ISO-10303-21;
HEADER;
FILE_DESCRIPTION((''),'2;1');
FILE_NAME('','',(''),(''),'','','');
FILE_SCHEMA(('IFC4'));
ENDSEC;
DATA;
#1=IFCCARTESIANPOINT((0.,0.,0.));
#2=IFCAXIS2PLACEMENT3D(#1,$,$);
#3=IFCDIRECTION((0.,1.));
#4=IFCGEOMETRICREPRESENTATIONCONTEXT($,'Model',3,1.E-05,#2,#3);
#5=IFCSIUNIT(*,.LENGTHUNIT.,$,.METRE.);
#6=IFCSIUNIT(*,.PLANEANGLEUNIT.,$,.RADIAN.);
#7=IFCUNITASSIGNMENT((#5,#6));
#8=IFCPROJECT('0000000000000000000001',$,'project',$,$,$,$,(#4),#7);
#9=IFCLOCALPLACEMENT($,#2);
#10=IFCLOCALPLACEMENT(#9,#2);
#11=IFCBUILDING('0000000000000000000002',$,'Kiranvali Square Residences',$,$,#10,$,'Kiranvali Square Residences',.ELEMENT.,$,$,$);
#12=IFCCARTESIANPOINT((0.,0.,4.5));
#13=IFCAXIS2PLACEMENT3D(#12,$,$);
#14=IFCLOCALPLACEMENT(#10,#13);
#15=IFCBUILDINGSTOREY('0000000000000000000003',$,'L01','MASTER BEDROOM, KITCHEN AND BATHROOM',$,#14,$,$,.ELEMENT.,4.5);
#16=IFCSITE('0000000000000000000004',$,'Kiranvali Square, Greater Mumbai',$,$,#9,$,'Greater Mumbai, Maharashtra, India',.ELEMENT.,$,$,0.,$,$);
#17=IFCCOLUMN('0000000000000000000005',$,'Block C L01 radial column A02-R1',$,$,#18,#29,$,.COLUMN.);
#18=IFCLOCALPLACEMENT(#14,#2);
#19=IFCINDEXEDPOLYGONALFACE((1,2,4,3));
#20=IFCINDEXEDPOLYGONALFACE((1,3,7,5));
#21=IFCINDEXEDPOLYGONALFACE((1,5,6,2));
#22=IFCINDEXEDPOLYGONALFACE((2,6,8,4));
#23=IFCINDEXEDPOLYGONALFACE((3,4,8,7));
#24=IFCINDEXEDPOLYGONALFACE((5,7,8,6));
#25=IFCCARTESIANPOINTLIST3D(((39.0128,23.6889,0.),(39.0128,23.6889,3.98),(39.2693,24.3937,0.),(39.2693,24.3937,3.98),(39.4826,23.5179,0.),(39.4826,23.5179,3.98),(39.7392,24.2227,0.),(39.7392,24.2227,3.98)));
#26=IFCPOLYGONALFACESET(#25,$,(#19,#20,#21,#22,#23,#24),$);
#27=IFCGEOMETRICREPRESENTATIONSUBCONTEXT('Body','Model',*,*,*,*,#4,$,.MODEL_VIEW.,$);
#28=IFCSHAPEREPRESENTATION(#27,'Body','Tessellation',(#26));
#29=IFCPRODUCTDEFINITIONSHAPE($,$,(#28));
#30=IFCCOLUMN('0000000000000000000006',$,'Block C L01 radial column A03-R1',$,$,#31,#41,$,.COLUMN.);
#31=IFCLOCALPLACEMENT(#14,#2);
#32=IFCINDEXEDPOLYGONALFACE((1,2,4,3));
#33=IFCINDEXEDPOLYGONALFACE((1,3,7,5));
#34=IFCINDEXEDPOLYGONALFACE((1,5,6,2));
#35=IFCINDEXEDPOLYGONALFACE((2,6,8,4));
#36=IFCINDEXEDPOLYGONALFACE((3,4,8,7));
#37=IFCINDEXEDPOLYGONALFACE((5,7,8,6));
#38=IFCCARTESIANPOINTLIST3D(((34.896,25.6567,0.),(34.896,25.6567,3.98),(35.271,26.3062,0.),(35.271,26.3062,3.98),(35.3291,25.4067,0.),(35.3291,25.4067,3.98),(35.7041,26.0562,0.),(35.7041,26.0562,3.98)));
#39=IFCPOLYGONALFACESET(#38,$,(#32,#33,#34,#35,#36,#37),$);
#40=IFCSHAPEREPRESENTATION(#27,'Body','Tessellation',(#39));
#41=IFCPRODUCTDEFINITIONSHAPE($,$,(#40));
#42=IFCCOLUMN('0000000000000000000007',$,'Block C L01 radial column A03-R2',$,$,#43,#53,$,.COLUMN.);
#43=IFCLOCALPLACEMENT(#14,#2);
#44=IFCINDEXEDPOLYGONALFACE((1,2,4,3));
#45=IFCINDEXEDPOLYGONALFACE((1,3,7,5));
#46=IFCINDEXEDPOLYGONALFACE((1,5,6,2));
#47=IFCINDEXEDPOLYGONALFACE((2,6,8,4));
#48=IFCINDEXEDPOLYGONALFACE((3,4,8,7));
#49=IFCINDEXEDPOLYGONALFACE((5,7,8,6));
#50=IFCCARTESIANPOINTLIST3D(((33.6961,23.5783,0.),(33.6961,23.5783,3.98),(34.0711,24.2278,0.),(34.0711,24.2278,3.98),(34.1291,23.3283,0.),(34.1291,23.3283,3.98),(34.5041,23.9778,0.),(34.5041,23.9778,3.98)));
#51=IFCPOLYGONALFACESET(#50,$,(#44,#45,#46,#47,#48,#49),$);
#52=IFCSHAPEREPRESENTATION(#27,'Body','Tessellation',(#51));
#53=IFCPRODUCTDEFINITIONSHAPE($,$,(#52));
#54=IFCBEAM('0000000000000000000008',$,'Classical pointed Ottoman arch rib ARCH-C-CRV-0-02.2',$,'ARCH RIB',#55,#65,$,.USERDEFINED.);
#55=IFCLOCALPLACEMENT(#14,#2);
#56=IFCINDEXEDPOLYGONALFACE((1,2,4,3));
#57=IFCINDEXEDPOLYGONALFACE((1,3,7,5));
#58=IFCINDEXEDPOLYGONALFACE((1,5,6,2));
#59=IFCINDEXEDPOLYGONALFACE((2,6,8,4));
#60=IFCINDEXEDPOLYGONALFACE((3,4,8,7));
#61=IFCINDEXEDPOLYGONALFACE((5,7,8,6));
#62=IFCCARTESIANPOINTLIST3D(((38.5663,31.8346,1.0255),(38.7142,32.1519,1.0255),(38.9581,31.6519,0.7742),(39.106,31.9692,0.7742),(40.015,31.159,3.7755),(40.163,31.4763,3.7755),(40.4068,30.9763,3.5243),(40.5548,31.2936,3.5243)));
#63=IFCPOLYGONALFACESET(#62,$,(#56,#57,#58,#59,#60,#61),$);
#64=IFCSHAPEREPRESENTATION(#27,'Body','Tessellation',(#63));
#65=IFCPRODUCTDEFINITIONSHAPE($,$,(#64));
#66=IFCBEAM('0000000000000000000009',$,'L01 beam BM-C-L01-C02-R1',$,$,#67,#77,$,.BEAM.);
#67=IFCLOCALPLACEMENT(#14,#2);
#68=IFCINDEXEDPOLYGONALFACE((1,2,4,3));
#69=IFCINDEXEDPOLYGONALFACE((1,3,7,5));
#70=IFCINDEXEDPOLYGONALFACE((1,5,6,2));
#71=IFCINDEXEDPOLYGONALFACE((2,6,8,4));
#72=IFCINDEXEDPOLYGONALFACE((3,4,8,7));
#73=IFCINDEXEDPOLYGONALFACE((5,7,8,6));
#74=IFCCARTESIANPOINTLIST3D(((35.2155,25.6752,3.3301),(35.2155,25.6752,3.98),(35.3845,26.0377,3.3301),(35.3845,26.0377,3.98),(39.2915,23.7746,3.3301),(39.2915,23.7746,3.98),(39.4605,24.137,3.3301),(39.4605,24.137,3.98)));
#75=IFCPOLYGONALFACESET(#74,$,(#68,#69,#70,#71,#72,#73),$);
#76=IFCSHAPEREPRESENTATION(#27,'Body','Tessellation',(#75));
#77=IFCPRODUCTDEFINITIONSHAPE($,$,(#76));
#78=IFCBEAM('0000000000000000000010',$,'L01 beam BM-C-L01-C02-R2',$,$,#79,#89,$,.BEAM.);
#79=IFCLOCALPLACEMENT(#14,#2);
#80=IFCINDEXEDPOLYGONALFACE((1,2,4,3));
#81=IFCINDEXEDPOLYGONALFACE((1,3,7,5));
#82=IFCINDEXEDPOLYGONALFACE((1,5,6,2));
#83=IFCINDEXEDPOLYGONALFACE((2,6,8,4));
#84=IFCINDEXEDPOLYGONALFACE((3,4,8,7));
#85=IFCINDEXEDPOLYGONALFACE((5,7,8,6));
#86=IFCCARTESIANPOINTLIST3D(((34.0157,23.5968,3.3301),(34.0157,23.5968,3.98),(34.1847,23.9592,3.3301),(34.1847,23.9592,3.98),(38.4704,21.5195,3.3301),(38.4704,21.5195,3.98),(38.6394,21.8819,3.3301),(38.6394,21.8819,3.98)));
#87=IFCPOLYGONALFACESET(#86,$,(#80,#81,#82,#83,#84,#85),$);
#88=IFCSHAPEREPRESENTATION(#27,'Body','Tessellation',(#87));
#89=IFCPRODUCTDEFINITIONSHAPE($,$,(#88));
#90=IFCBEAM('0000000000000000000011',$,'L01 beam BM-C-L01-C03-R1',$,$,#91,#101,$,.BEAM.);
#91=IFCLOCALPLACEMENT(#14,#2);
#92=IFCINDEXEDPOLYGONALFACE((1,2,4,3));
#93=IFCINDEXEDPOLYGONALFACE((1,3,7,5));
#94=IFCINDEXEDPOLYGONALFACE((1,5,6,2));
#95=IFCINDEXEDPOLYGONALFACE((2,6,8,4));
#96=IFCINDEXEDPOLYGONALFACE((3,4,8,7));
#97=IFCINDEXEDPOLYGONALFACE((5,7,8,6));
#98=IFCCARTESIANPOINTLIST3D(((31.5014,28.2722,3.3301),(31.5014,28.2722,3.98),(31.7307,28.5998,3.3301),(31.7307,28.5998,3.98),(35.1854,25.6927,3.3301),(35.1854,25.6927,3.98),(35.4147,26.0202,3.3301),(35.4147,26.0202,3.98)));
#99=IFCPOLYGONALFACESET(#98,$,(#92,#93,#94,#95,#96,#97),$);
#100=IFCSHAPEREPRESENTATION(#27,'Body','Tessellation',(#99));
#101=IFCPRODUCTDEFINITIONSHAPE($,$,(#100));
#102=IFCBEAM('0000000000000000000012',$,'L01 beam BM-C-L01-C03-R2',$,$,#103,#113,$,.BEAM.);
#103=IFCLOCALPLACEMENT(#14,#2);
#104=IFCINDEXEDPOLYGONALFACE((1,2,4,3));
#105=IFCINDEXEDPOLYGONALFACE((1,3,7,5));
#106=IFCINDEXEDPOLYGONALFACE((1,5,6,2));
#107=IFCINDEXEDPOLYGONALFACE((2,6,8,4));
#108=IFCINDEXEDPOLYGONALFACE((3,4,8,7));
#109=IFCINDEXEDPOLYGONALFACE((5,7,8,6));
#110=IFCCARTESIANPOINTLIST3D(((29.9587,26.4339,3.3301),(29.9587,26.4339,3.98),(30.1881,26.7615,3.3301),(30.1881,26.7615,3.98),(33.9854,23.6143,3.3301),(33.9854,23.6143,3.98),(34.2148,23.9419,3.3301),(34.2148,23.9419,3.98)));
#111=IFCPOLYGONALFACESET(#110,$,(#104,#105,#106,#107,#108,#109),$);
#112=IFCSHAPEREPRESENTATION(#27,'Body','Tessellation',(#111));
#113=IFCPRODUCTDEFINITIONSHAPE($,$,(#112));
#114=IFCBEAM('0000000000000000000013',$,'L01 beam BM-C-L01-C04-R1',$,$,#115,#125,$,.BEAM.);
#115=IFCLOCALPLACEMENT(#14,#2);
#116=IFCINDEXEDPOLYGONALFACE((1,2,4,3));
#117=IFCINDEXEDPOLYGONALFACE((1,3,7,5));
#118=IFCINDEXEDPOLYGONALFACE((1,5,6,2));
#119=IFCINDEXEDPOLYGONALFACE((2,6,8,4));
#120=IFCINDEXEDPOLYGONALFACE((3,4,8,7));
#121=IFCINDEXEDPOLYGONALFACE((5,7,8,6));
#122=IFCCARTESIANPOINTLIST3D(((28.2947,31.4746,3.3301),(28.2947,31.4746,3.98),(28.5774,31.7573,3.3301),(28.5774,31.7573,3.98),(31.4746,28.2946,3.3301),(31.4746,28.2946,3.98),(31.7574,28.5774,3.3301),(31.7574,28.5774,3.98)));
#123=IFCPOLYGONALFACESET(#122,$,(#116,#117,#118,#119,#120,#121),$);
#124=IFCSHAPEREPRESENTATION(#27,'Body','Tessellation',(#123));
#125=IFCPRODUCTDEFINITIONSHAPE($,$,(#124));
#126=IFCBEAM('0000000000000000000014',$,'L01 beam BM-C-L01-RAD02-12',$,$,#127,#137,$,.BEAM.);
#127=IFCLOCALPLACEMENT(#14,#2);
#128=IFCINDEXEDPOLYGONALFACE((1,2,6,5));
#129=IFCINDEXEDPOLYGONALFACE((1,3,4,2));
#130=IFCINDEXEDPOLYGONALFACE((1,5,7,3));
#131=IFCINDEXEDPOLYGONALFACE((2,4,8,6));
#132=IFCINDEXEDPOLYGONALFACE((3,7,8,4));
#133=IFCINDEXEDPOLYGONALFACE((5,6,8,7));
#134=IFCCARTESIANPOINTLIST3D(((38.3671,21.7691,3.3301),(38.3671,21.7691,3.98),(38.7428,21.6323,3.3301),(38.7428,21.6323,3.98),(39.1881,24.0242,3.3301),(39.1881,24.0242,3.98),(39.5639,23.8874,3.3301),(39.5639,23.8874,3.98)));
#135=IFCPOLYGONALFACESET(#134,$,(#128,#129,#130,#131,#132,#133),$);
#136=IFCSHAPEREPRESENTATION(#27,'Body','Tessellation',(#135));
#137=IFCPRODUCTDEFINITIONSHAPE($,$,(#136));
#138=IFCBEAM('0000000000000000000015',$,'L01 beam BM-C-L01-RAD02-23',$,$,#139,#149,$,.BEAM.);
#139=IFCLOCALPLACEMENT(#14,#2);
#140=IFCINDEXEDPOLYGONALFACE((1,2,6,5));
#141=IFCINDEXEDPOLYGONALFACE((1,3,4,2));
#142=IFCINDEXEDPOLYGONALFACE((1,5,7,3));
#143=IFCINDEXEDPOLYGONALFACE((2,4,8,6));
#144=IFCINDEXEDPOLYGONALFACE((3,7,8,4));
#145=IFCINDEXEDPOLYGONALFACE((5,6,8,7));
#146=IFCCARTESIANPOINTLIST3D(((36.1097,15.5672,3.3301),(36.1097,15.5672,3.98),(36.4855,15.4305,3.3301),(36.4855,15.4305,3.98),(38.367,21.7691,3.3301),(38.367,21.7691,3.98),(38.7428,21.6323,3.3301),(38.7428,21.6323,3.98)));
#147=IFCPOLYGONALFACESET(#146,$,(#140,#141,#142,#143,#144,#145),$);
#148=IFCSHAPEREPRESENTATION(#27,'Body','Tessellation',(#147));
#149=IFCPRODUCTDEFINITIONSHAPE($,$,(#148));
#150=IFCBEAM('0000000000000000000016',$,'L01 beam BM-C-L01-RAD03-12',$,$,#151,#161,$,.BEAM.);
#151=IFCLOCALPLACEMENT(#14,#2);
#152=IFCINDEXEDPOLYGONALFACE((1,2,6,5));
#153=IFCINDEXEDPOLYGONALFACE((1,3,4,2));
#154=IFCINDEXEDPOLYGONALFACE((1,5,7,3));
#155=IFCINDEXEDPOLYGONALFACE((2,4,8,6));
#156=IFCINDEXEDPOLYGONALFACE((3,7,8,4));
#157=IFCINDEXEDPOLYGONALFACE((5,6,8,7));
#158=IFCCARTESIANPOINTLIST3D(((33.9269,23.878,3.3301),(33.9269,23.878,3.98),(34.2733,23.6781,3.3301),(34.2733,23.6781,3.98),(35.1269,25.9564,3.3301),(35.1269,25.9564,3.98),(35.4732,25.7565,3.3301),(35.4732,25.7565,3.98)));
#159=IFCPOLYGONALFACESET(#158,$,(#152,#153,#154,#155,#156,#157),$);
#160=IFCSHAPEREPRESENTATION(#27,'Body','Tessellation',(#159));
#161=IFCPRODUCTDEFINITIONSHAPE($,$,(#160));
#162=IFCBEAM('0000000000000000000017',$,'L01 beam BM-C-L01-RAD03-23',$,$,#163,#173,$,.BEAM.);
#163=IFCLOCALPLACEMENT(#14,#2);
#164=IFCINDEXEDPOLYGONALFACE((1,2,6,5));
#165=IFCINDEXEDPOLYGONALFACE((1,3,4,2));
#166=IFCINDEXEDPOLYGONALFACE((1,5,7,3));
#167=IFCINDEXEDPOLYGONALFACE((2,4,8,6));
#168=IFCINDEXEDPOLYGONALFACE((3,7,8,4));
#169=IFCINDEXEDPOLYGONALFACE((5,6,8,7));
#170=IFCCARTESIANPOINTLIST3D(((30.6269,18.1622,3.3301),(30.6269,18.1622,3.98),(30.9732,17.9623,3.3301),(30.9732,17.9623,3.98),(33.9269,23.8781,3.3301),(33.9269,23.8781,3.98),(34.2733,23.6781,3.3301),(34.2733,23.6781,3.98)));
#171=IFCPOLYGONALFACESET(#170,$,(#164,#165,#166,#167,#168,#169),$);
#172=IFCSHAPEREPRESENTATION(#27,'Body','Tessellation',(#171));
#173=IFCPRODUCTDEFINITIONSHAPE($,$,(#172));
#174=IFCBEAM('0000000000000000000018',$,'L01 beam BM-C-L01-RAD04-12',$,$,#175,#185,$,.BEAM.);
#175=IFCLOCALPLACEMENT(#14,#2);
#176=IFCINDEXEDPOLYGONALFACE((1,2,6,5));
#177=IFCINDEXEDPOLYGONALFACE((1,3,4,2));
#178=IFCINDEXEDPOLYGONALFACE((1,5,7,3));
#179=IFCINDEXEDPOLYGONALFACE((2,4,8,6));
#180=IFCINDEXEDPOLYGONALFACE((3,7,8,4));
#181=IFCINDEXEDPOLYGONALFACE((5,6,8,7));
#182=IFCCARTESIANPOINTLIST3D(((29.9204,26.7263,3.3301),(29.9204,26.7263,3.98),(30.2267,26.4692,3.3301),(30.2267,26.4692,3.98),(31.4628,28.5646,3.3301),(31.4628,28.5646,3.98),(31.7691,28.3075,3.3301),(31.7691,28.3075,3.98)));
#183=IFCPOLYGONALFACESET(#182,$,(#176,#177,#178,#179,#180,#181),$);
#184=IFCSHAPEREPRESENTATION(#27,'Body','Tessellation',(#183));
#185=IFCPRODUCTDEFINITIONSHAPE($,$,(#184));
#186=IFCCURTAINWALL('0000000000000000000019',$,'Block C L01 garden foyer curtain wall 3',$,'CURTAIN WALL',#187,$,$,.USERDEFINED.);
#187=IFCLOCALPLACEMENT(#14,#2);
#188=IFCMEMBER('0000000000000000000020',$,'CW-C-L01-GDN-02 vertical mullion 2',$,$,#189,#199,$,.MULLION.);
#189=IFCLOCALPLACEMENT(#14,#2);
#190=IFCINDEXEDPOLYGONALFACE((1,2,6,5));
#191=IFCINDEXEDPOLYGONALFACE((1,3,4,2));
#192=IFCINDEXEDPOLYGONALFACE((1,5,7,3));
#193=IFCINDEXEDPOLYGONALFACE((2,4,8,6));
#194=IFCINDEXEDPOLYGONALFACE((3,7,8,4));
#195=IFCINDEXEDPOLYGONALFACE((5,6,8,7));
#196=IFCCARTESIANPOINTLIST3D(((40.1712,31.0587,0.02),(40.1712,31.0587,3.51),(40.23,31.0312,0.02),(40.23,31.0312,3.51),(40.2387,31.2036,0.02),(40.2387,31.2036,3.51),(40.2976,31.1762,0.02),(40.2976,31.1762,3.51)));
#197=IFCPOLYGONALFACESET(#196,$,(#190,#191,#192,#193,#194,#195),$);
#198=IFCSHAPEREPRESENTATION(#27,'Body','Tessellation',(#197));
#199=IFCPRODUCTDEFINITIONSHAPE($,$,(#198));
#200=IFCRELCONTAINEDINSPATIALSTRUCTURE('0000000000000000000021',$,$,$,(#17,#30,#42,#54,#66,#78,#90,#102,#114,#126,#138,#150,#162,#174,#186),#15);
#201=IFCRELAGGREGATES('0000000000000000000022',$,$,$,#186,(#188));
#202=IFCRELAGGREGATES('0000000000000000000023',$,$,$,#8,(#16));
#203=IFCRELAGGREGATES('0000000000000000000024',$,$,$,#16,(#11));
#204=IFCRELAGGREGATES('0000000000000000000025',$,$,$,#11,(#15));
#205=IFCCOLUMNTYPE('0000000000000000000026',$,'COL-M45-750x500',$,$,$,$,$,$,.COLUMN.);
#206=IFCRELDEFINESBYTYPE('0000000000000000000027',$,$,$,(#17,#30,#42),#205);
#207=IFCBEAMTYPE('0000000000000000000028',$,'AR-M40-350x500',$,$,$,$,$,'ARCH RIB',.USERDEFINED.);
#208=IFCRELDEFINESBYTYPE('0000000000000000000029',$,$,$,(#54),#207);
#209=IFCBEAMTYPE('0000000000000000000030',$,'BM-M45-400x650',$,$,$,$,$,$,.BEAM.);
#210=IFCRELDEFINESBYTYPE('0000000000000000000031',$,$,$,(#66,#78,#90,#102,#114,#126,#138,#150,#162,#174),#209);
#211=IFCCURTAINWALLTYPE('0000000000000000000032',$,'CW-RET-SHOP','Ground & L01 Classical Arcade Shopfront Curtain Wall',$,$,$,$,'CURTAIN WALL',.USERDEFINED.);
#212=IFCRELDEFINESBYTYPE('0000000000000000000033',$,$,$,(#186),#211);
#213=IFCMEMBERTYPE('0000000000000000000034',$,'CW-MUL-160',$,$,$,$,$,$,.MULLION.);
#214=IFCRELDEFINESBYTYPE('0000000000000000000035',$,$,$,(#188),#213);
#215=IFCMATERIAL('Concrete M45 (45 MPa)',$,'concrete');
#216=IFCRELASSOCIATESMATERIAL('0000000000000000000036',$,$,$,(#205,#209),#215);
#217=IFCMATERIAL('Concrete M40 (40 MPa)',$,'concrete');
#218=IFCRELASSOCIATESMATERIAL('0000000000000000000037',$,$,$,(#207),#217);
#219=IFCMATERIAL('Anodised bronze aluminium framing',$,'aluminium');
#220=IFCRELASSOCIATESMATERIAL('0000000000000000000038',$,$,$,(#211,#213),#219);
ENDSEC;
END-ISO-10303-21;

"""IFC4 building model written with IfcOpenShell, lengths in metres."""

from ifc_helpers import new_model, si_unit, direction, frame, origin, origin_2d, place, context, subcontext, project, spatial, rectangle, extrude, material, material_profile, profile_set, type_object, element, aggregate, save


model = new_model("IFC4")

# Units and contexts
model_context = context("Model", 3, precision=1e-05, world=origin(), true_north=direction((0.0, 1.0)))
body_context = subcontext(model_context, "Body", "Model", "MODEL_VIEW")
ifc_project = project(units=[si_unit("LENGTHUNIT", "METRE"), si_unit("PLANEANGLEUNIT", "RADIAN")], contexts=[model_context])

# Site, building, storey
site_placement = place(None, origin())
site = spatial("IfcSite", under=ifc_project, at=site_placement, Name="Kiranvali Square, Greater Mumbai", LongName="Greater Mumbai, Maharashtra, India", CompositionType="ELEMENT", RefElevation=0.0)
building_placement = place(site_placement, origin())
building = spatial("IfcBuilding", under=site, at=building_placement, Name="Kiranvali Square Residences", LongName="Kiranvali Square Residences", CompositionType="ELEMENT")
storey_placement = place(building_placement, frame((0.0, 0.0, 4.5)))
storey = spatial("IfcBuildingStorey", under=building, at=storey_placement, Name="L01", Description="MASTER BEDROOM, KITCHEN AND BATHROOM", CompositionType="ELEMENT", Elevation=4.5)

# Columns
ifc_material_1 = material(Name="Concrete M45 (45 MPa)", Category="concrete")
ifc_material_profile_1 = material_profile(ifc_material_1, rectangle(XDim=0.5, YDim=0.75, at=origin_2d()), Name="RC 750x500")
ifc_profile_set_1 = profile_set([ifc_material_profile_1], Name="Concrete M45 (45 MPa)")
column_type = type_object("IfcColumnType", Name="COL-M45-750x500", PredefinedType="COLUMN", material=ifc_profile_set_1)
for number, where, z_axis, x_axis, name in (
    (1, (39.376, 23.9558, 0.0), (0.0, 0.0, 1.0), (-0.939693, 0.34202, 0.0), "Block C L01 radial column A02-R1"),
    (2, (35.3, 25.8564, 0.0), (0.0, 0.0, 1.0), (-0.866025, 0.5, 0.0), "Block C L01 radial column A03-R1"),
    (3, (34.1001, 23.7781, 0.0), (0.0, 0.0, 1.0), (-0.866025, 0.5, 0.0), "Block C L01 radial column A03-R2"),
):
    element("IfcColumn", number, at=place(storey_placement, frame(where, z_axis=z_axis, x_axis=x_axis)), inside=storey, type_object=column_type, Name=name, PredefinedType="COLUMN", context=body_context, shape_type="SweptSolid", body=[
        extrude(rectangle(XDim=0.5, YDim=0.75, at=origin_2d()), origin(), (0.0, 0.0, 1.0), 3.98),
    ])

# Beams
ifc_material_2 = material(Name="Concrete M40 (40 MPa)", Category="concrete")
ifc_material_profile_2 = material_profile(ifc_material_2, rectangle(XDim=0.3501, YDim=0.5, at=origin_2d()), Name="RC 350x500")
ifc_profile_set_2 = profile_set([ifc_material_profile_2], Name="Concrete M40 (40 MPa)")
beam_type_1 = type_object("IfcBeamType", Name="AR-M40-350x500", ElementType="ARCH RIB", PredefinedType="USERDEFINED", material=ifc_profile_set_2)
beam_1_placement = place(storey_placement, frame((40.2849, 31.2263, 3.6499), z_axis=(-0.455457, 0.212378, -0.864555), x_axis=(-0.42261, -0.906312, 0.0)))
element("IfcBeam", 4, at=beam_1_placement, inside=storey, type_object=beam_type_1, Name="Classical pointed Ottoman arch rib ARCH-C-CRV-0-02.2", ObjectType="ARCH RIB", PredefinedType="USERDEFINED", context=body_context, shape_type="SweptSolid", body=[
    extrude(rectangle(XDim=0.3501, YDim=0.5, at=origin_2d()), origin(), (0.0, 0.0, 1.0), 3.1809),
])
ifc_material_profile_3 = material_profile(ifc_material_1, rectangle(XDim=0.3999, YDim=0.6499, at=origin_2d()), Name="RC 400x650")
ifc_profile_set_3 = profile_set([ifc_material_profile_3], Name="Concrete M45 (45 MPa)")
beam_type_2 = type_object("IfcBeamType", Name="BM-M45-400x650", PredefinedType="BEAM", material=ifc_profile_set_3)
beam_2_placement = place(storey_placement, frame((39.376, 23.9558, 3.655), z_axis=(-0.906308, 0.422618, 0.0), x_axis=(-0.422618, -0.906308, 0.0)))
element("IfcBeam", 5, at=beam_2_placement, inside=storey, type_object=beam_type_2, Name="L01 beam BM-C-L01-C02-R1", PredefinedType="BEAM", context=body_context, shape_type="SweptSolid", body=[
    extrude(rectangle(XDim=0.3999, YDim=0.6499, at=origin_2d()), origin(), (0.0, 0.0, 1.0), 4.4973),
])
beam_3_placement = place(storey_placement, frame((38.5549, 21.7007, 3.655), z_axis=(-0.906302, 0.42263, 0.0), x_axis=(-0.42263, -0.906302, 0.0)))
element("IfcBeam", 6, at=beam_3_placement, inside=storey, type_object=beam_type_2, Name="L01 beam BM-C-L01-C02-R2", PredefinedType="BEAM", context=body_context, shape_type="SweptSolid", body=[
    extrude(rectangle(XDim=0.3999, YDim=0.6499, at=origin_2d()), origin(), (0.0, 0.0, 1.0), 4.9153),
])
beam_4_placement = place(storey_placement, frame((35.3, 25.8564, 3.655), z_axis=(-0.819155, 0.573572, 0.0), x_axis=(-0.573572, -0.819155, 0.0)))
element("IfcBeam", 7, at=beam_4_placement, inside=storey, type_object=beam_type_2, Name="L01 beam BM-C-L01-C03-R1", PredefinedType="BEAM", context=body_context, shape_type="SweptSolid", body=[
    extrude(rectangle(XDim=0.3999, YDim=0.6499, at=origin_2d()), origin(), (0.0, 0.0, 1.0), 4.4973),
])
beam_5_placement = place(storey_placement, frame((34.1001, 23.7781, 3.655), z_axis=(-0.819141, 0.573592, 0.0), x_axis=(-0.573592, -0.819141, 0.0)))
element("IfcBeam", 8, at=beam_5_placement, inside=storey, type_object=beam_type_2, Name="L01 beam BM-C-L01-C03-R2", PredefinedType="BEAM", context=body_context, shape_type="SweptSolid", body=[
    extrude(rectangle(XDim=0.3999, YDim=0.6499, at=origin_2d()), origin(), (0.0, 0.0, 1.0), 4.9158),
])
beam_6_placement = place(storey_placement, frame((31.616, 28.436, 3.655), z_axis=(-0.707107, 0.707107, 0.0), x_axis=(-0.707107, -0.707107, 0.0)))
element("IfcBeam", 9, at=beam_6_placement, inside=storey, type_object=beam_type_2, Name="L01 beam BM-C-L01-C04-R1", PredefinedType="BEAM", context=body_context, shape_type="SweptSolid", body=[
    extrude(rectangle(XDim=0.3999, YDim=0.6499, at=origin_2d()), origin(), (0.0, 0.0, 1.0), 4.4971),
])
beam_7_placement = place(storey_placement, frame((39.376, 23.9558, 3.655), z_axis=(-0.342111, -0.93966, 0.0), x_axis=(0.93966, -0.342111, 0.0)))
element("IfcBeam", 10, at=beam_7_placement, inside=storey, type_object=beam_type_2, Name="L01 beam BM-C-L01-RAD02-12", PredefinedType="BEAM", context=body_context, shape_type="SweptSolid", body=[
    extrude(rectangle(XDim=0.3999, YDim=0.6499, at=origin_2d()), origin(), (0.0, 0.0, 1.0), 2.3999),
])
beam_8_placement = place(storey_placement, frame((38.5549, 21.7007, 3.655), z_axis=(-0.342022, -0.939692, 0.0), x_axis=(0.939692, -0.342022, 0.0)))
element("IfcBeam", 11, at=beam_8_placement, inside=storey, type_object=beam_type_2, Name="L01 beam BM-C-L01-RAD02-23", PredefinedType="BEAM", context=body_context, shape_type="SweptSolid", body=[
    extrude(rectangle(XDim=0.3999, YDim=0.6499, at=origin_2d()), origin(), (0.0, 0.0, 1.0), 6.5999),
])
beam_9_placement = place(storey_placement, frame((35.3, 25.8564, 3.655), z_axis=(-0.500001, -0.866025, 0.0), x_axis=(0.866025, -0.500001, 0.0)))
element("IfcBeam", 12, at=beam_9_placement, inside=storey, type_object=beam_type_2, Name="L01 beam BM-C-L01-RAD03-12", PredefinedType="BEAM", context=body_context, shape_type="SweptSolid", body=[
    extrude(rectangle(XDim=0.3999, YDim=0.6499, at=origin_2d()), origin(), (0.0, 0.0, 1.0), 2.3999),
])
beam_10_placement = place(storey_placement, frame((34.1001, 23.7781, 3.655), z_axis=(-0.500002, -0.866024, 0.0), x_axis=(0.866024, -0.500002, 0.0)))
element("IfcBeam", 13, at=beam_10_placement, inside=storey, type_object=beam_type_2, Name="L01 beam BM-C-L01-RAD03-23", PredefinedType="BEAM", context=body_context, shape_type="SweptSolid", body=[
    extrude(rectangle(XDim=0.3999, YDim=0.6499, at=origin_2d()), origin(), (0.0, 0.0, 1.0), 6.6001),
])
beam_11_placement = place(storey_placement, frame((31.616, 28.436, 3.655), z_axis=(-0.642763, -0.766065, 0.0), x_axis=(0.766065, -0.642763, 0.0)))
element("IfcBeam", 14, at=beam_11_placement, inside=storey, type_object=beam_type_2, Name="L01 beam BM-C-L01-RAD04-12", PredefinedType="BEAM", context=body_context, shape_type="SweptSolid", body=[
    extrude(rectangle(XDim=0.3999, YDim=0.6499, at=origin_2d()), origin(), (0.0, 0.0, 1.0), 2.3997),
])

# Curtain wall, member
ifc_material_3 = material(Name="Anodised bronze aluminium framing", Category="aluminium")
curtain_wall_type = type_object("IfcCurtainWallType", Name="CW-RET-SHOP", Description="Ground & L01 Classical Arcade Shopfront Curtain Wall", ElementType="CURTAIN WALL", PredefinedType="USERDEFINED", material=ifc_material_3)
curtain_wall_placement = place(storey_placement, origin())
curtain_wall = element("IfcCurtainWall", 15, at=curtain_wall_placement, inside=storey, type_object=curtain_wall_type, Name="Block C L01 garden foyer curtain wall 3", ObjectType="CURTAIN WALL", PredefinedType="USERDEFINED")
ifc_material_profile_4 = material_profile(ifc_material_3, rectangle(XDim=0.0649, YDim=0.1599, at=origin_2d()), Name="ALU 65x160")
ifc_profile_set_4 = profile_set([ifc_material_profile_4], Name="Anodised bronze aluminium framing")
member_type_1 = type_object("IfcMemberType", Name="CW-MUL-160", PredefinedType="MULLION", material=ifc_profile_set_4)
member_1_placement = place(storey_placement, frame((40.2344, 31.1174, 0.02), z_axis=(0.0, 0.0, 1.0), x_axis=(-0.906308, 0.422618, 0.0)))
member_1 = element("IfcMember", 16, at=member_1_placement, type_object=member_type_1, Name="CW-C-L01-GDN-02 vertical mullion 2", PredefinedType="MULLION", context=body_context, shape_type="SweptSolid", body=[
    extrude(rectangle(XDim=0.0649, YDim=0.1599, at=origin_2d()), origin(), (0.0, 0.0, 1.0), 3.49),
])
aggregate(curtain_wall, [member_1])

save(model, "model.ifc")
